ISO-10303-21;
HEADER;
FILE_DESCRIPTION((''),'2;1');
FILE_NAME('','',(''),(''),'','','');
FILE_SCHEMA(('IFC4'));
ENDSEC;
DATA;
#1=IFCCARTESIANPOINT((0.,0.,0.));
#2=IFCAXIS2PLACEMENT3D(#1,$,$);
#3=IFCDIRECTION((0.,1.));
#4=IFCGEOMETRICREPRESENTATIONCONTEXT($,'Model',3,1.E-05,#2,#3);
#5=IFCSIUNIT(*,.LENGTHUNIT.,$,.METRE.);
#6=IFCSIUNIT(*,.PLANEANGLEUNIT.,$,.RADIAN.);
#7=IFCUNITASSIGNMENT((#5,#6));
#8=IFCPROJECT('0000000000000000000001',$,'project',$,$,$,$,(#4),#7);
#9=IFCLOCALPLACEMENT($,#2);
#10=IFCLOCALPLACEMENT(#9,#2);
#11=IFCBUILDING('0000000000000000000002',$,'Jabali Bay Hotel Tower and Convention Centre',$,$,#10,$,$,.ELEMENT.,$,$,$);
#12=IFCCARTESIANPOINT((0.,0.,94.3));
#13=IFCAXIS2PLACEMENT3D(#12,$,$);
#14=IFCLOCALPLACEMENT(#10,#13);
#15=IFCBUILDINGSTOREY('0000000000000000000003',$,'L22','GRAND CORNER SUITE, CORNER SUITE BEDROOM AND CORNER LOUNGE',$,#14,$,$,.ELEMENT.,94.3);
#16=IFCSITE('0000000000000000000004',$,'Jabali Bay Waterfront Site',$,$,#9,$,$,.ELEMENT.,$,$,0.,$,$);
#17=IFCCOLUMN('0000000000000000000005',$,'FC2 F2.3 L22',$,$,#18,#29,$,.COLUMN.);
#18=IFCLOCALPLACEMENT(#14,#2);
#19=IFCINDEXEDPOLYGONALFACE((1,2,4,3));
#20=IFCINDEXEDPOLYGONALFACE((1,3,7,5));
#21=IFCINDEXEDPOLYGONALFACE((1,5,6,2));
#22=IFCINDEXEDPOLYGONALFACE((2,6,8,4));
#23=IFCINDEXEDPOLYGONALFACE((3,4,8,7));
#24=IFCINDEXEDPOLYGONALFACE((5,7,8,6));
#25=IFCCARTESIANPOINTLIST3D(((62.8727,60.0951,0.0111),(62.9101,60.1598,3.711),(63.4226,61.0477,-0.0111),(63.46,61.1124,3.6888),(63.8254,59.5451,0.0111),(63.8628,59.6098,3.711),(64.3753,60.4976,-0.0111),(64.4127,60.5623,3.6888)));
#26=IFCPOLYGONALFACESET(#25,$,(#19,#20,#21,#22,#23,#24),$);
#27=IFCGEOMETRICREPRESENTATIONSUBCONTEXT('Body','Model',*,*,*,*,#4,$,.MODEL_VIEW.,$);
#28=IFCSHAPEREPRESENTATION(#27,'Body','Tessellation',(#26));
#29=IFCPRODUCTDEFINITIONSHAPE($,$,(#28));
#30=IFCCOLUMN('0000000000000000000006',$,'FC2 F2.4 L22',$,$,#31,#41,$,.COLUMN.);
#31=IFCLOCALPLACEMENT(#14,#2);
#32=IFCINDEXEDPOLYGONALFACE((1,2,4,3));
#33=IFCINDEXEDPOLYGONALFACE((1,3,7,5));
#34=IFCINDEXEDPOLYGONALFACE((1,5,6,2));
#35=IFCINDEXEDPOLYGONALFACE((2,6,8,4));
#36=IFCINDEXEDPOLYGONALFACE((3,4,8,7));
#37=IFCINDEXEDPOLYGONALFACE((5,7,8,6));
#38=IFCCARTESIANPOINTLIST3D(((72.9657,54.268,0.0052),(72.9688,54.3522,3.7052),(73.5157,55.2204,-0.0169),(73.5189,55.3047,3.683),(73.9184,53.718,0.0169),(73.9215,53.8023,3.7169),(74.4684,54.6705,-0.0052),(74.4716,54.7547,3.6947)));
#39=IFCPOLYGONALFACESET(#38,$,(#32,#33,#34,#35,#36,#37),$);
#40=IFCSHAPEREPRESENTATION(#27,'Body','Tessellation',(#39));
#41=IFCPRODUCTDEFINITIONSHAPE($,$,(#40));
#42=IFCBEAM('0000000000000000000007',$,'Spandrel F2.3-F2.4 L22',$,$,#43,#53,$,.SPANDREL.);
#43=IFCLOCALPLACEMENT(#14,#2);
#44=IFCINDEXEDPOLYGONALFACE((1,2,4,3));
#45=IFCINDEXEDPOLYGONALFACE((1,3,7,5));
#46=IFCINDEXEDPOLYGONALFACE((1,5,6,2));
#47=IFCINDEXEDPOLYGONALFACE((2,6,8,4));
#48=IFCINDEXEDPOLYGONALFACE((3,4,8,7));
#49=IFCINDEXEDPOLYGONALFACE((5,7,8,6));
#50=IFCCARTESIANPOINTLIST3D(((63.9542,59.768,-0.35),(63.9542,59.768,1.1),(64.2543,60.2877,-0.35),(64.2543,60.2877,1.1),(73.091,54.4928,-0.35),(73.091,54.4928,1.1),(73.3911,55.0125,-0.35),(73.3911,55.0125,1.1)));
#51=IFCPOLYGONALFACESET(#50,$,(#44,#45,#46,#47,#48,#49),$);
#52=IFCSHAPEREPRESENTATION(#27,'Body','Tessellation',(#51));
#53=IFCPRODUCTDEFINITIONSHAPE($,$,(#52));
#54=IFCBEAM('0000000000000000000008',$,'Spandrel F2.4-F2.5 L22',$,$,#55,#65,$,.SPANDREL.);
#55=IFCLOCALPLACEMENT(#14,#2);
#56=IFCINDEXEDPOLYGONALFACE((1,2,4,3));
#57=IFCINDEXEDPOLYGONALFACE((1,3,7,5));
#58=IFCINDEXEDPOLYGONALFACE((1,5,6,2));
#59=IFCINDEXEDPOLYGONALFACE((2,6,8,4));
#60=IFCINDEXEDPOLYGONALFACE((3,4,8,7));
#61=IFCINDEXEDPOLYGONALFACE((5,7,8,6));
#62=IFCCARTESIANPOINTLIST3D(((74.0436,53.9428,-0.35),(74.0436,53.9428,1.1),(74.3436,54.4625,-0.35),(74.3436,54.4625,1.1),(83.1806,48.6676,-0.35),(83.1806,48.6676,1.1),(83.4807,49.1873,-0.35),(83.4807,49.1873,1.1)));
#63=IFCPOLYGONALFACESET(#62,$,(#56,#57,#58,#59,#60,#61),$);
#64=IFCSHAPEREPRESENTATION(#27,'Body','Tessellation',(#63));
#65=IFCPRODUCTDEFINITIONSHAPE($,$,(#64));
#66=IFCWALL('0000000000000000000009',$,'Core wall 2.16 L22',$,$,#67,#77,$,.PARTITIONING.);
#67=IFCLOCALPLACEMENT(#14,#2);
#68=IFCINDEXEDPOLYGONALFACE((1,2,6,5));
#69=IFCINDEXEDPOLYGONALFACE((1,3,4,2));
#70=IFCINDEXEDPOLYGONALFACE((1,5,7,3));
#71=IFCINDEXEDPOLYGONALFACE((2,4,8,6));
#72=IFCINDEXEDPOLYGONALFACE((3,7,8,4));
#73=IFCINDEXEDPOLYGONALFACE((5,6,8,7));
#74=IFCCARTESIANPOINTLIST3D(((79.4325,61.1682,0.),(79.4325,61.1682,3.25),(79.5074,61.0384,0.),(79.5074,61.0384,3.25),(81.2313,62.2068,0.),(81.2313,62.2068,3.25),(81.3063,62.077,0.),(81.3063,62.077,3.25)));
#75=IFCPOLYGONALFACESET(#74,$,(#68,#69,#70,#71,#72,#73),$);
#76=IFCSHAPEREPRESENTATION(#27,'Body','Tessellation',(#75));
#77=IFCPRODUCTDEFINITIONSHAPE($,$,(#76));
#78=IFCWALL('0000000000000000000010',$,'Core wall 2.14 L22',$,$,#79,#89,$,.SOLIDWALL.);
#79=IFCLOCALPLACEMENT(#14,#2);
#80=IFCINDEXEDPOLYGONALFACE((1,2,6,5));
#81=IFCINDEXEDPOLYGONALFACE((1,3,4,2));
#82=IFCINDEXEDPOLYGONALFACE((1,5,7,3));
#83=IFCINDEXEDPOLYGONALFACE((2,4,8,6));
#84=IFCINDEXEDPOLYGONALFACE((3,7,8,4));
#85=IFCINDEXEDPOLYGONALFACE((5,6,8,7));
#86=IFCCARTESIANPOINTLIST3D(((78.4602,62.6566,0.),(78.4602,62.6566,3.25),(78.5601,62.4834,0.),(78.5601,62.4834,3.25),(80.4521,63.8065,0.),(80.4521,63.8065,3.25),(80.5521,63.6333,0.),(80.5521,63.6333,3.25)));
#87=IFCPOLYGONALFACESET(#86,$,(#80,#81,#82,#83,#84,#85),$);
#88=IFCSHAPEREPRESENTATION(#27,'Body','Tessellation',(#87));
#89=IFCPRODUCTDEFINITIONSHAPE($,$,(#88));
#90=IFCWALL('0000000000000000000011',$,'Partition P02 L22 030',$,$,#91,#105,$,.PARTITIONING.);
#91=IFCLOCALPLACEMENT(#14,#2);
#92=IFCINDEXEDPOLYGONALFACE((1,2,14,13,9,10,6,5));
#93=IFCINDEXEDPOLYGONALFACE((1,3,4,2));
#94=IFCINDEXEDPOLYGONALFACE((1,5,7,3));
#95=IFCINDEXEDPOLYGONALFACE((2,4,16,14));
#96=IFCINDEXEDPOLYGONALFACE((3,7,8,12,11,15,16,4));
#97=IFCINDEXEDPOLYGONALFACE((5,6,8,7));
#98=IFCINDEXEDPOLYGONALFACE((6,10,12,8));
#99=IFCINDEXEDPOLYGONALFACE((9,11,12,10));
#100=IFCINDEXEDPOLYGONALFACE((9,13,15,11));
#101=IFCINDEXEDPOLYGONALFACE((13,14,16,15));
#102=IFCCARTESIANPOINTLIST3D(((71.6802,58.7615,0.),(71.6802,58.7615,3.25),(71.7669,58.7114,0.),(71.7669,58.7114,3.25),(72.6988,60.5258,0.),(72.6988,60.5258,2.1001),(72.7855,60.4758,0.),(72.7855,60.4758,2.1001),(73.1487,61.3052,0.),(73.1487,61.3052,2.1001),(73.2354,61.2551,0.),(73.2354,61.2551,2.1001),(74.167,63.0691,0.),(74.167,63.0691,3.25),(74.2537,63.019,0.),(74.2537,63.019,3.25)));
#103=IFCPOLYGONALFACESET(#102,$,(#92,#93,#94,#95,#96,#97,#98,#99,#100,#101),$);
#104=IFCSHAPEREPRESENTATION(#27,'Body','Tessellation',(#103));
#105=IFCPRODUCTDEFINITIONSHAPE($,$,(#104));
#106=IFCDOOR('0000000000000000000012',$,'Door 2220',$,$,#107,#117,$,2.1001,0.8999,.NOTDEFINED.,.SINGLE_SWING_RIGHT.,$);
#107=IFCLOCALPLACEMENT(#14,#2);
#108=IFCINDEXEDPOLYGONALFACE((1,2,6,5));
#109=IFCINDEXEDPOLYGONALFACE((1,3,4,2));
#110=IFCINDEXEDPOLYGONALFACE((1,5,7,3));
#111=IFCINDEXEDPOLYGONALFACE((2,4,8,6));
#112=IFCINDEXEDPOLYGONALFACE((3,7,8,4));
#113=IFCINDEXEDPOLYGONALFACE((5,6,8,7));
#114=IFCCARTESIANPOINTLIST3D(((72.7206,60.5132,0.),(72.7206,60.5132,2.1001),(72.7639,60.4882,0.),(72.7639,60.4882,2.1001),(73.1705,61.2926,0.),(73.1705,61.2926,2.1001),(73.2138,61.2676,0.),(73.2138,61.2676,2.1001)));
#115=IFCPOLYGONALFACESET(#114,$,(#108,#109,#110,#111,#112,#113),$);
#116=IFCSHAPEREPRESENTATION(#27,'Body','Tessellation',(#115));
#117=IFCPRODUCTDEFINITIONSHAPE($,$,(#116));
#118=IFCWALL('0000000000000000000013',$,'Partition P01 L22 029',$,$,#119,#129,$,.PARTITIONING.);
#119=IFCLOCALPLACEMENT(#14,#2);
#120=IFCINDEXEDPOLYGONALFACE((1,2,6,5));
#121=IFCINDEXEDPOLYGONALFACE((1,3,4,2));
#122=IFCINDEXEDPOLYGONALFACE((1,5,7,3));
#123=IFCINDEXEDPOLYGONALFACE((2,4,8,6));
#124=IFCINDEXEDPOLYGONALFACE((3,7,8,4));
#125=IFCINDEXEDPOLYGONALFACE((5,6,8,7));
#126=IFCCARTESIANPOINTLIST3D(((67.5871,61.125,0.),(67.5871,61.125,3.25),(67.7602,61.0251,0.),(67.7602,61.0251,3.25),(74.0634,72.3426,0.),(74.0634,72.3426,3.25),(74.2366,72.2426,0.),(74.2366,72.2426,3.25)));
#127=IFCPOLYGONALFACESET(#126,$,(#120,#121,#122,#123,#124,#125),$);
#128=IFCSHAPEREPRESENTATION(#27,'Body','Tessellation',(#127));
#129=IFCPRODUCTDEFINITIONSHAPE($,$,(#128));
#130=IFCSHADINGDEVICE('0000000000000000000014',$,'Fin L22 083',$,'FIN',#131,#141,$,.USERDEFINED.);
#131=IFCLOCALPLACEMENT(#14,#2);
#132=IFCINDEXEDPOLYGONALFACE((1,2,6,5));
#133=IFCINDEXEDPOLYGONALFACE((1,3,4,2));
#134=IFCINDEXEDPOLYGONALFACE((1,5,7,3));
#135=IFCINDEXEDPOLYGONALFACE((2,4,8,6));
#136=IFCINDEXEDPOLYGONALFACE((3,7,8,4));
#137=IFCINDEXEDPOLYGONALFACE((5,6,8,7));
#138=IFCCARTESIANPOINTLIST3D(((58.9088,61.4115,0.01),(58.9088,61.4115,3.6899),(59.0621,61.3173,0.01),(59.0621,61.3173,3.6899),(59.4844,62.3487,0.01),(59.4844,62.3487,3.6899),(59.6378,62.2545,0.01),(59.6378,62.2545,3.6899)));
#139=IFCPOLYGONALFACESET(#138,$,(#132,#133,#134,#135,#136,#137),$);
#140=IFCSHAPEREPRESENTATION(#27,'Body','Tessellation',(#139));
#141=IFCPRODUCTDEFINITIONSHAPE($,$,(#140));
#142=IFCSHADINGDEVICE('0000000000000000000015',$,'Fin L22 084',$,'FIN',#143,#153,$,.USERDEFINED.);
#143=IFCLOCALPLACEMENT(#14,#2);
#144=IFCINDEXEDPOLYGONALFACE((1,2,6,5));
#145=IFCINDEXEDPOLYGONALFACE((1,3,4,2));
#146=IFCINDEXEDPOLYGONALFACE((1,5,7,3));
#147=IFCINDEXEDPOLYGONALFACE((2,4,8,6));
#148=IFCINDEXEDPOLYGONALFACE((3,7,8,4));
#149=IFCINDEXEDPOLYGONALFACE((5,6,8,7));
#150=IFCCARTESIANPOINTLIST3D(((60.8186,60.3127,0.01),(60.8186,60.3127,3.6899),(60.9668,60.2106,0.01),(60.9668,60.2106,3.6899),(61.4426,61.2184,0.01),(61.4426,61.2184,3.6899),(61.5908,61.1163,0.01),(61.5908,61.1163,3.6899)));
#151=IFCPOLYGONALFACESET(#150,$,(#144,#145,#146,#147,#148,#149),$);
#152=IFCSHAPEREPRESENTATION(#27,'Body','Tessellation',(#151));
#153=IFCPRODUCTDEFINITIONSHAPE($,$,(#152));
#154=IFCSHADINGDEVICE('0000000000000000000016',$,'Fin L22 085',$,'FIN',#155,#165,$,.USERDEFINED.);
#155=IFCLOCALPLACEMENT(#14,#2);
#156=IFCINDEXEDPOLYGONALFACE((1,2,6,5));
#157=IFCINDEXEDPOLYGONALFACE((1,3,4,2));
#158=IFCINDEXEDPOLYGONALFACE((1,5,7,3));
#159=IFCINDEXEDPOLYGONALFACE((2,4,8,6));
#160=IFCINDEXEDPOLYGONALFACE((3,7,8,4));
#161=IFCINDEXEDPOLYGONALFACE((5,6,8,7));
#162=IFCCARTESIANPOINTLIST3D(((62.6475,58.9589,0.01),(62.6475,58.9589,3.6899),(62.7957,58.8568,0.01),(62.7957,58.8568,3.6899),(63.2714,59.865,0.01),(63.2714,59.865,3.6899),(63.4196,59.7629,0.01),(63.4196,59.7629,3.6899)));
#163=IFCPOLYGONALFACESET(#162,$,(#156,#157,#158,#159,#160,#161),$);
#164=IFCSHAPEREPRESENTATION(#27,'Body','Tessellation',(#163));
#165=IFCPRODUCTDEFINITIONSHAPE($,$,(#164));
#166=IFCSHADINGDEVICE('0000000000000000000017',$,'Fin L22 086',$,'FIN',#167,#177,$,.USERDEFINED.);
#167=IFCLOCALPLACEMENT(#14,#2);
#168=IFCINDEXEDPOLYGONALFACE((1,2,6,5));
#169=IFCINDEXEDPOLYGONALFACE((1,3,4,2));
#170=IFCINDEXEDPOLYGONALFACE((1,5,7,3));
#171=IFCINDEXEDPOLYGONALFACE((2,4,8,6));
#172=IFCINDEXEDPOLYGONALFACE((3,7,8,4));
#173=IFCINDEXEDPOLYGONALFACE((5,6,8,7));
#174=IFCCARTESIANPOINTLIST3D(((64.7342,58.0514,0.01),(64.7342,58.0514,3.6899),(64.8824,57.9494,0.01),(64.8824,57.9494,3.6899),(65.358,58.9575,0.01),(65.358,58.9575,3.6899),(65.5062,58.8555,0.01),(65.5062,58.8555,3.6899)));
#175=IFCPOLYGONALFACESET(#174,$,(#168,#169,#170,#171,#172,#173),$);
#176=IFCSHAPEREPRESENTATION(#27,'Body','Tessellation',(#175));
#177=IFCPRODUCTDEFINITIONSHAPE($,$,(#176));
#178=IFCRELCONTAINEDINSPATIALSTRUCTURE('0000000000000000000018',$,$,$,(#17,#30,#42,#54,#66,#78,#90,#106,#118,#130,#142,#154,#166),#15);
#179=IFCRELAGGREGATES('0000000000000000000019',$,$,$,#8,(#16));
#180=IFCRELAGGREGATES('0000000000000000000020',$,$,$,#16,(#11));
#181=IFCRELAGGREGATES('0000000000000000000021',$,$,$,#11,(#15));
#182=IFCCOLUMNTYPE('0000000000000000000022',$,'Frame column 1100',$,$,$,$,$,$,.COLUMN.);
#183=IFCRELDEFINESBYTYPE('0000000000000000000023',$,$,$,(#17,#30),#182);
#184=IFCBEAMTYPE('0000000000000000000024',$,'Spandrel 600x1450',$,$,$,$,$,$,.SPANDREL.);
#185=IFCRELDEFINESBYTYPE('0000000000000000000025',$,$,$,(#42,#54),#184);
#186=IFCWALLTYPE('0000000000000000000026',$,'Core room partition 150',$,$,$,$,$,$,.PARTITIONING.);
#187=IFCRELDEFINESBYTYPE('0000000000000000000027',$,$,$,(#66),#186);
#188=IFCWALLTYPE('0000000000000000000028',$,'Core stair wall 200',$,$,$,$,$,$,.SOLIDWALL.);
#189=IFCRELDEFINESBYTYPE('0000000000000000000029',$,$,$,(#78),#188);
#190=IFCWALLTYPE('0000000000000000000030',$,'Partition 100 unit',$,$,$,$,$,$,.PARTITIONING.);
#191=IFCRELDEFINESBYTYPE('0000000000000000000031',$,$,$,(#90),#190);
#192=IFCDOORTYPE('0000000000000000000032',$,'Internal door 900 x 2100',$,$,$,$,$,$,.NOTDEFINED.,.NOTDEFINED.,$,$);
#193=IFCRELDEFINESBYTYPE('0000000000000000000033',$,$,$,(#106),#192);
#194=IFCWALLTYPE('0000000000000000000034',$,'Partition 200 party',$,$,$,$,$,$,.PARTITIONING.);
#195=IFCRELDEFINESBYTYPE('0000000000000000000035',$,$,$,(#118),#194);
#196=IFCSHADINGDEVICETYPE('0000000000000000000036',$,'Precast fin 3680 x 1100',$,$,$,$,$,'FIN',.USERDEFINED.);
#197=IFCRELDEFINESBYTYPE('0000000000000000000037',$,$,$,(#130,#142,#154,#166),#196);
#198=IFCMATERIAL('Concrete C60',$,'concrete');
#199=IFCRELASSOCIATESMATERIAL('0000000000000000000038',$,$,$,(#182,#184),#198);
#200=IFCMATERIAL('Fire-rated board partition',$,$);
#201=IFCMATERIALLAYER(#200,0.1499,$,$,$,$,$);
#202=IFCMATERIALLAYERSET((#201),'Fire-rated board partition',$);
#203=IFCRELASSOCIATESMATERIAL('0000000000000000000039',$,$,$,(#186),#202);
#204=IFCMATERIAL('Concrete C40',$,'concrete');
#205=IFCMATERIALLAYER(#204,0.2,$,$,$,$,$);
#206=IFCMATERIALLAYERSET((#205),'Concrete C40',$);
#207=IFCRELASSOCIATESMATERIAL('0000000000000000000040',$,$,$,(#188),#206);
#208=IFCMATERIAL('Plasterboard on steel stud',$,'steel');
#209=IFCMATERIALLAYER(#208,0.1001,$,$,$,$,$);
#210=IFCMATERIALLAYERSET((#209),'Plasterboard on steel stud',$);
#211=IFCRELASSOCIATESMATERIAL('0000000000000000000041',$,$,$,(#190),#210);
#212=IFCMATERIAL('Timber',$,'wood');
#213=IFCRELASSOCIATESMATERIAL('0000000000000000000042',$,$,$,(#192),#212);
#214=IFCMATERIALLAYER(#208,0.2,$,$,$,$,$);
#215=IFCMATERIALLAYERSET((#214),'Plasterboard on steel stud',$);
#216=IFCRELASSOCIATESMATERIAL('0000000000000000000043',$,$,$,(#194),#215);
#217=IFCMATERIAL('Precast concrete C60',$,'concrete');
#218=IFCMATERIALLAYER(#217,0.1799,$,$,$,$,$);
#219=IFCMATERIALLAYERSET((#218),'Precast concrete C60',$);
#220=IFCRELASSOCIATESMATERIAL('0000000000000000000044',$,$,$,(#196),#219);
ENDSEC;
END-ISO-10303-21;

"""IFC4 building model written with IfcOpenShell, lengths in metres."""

from ifc_helpers import new_model, si_unit, direction, frame, frame_2d, origin, origin_2d, place, context, subcontext, project, spatial, rectangle, extrude, material, layer, layer_set, material_profile, profile_set, type_object, element, fill, save


model = new_model("IFC4")

# Units and contexts
model_context = context("Model", 3, precision=1e-05, world=origin(), true_north=direction((0.0, 1.0)))
body_context = subcontext(model_context, "Body", "Model", "MODEL_VIEW")
ifc_project = project(units=[si_unit("LENGTHUNIT", "METRE"), si_unit("PLANEANGLEUNIT", "RADIAN")], contexts=[model_context])

# Site, building, storey
site_placement = place(None, origin())
site = spatial("IfcSite", under=ifc_project, at=site_placement, Name="Jabali Bay Waterfront Site", CompositionType="ELEMENT", RefElevation=0.0)
building_placement = place(site_placement, origin())
building = spatial("IfcBuilding", under=site, at=building_placement, Name="Jabali Bay Hotel Tower and Convention Centre", CompositionType="ELEMENT")
storey_placement = place(building_placement, frame((0.0, 0.0, 94.3)))
storey = spatial("IfcBuildingStorey", under=building, at=storey_placement, Name="L22", Description="GRAND CORNER SUITE, CORNER SUITE BEDROOM AND CORNER LOUNGE", CompositionType="ELEMENT", Elevation=94.3)

# Columns
ifc_material_1 = material(Name="Concrete C60", Category="concrete")
ifc_material_profile_1 = material_profile(ifc_material_1, rectangle(XDim=1.1001, YDim=1.1001, at=origin_2d()), Name="Frame column 1100")
ifc_profile_set_1 = profile_set([ifc_material_profile_1], Name="Concrete C60")
column_type = type_object("IfcColumnType", Name="Frame column 1100", PredefinedType="COLUMN", material=ifc_profile_set_1)
column_1_placement = place(storey_placement, frame((63.624, 60.2964, 0.0), z_axis=(0.010094, 0.017482, 0.999796), x_axis=(-0.866032, 0.499989, 0.0)))
element("IfcColumn", 1, at=column_1_placement, inside=storey, type_object=column_type, Name="FC2 F2.3 L22", PredefinedType="COLUMN", context=body_context, shape_type="SweptSolid", body=[
    extrude(rectangle(XDim=1.1001, YDim=1.1001, at=origin_2d()), origin(), (0.0, 0.0, 1.0), 3.7007),
])
column_2_placement = place(storey_placement, frame((73.717, 54.4692, 0.0), z_axis=(0.000858, 0.022759, 0.999741), x_axis=(-0.500023, -0.865778, 0.020138)))
element("IfcColumn", 2, at=column_2_placement, inside=storey, type_object=column_type, Name="FC2 F2.4 L22", PredefinedType="COLUMN", context=body_context, shape_type="SweptSolid", body=[
    extrude(rectangle(XDim=1.1001, YDim=1.1001, at=origin_2d()), origin(), (0.0, 0.0, 1.0), 3.7009),
])

# Beams
ifc_material_profile_2 = material_profile(ifc_material_1, rectangle(XDim=0.6001, YDim=1.45, at=origin_2d()), Name="Spandrel 600x1450")
ifc_profile_set_2 = profile_set([ifc_material_profile_2], Name="Concrete C60")
beam_type = type_object("IfcBeamType", Name="Spandrel 600x1450", PredefinedType="SPANDREL", material=ifc_profile_set_2)
beam_1_placement = place(storey_placement, frame((64.1042, 60.0278, 0.375), z_axis=(0.866023, -0.500004, 0.0), x_axis=(0.500004, 0.866023, 0.0)))
element("IfcBeam", 3, at=beam_1_placement, inside=storey, type_object=beam_type, Name="Spandrel F2.3-F2.4 L22", PredefinedType="SPANDREL", context=body_context, shape_type="SweptSolid", body=[
    extrude(rectangle(XDim=0.6001, YDim=1.45, at=origin_2d()), origin(), (0.0, 0.0, 1.0), 10.5503),
])
beam_2_placement = place(storey_placement, frame((74.1936, 54.2026, 0.375), z_axis=(0.866029, -0.499994, 0.0), x_axis=(0.499994, 0.866029, 0.0)))
element("IfcBeam", 4, at=beam_2_placement, inside=storey, type_object=beam_type, Name="Spandrel F2.4-F2.5 L22", PredefinedType="SPANDREL", context=body_context, shape_type="SweptSolid", body=[
    extrude(rectangle(XDim=0.6001, YDim=1.45, at=origin_2d()), origin(), (0.0, 0.0, 1.0), 10.5505),
])

# Walls
ifc_material_2 = material(Name="Fire-rated board partition")
ifc_layer_1 = layer(ifc_material_2, 0.1499)
ifc_layer_set_1 = layer_set([ifc_layer_1], Name="Fire-rated board partition")
wall_type_1 = type_object("IfcWallType", Name="Core room partition 150", PredefinedType="PARTITIONING", material=ifc_layer_set_1)
wall_1_placement = place(storey_placement, frame((79.47, 61.1033, 0.0), z_axis=(0.0, 0.0, 1.0), x_axis=(0.866021, 0.500007, 0.0)))
element("IfcWall", 5, at=wall_1_placement, inside=storey, type_object=wall_type_1, Name="Core wall 2.16 L22", PredefinedType="PARTITIONING", context=body_context, shape_type="SweptSolid", body=[
    extrude(rectangle(XDim=2.0771, YDim=0.1499, at=frame_2d((1.0386, 0.0))), origin(), (0.0, 0.0, 1.0), 3.25),
])
ifc_material_3 = material(Name="Concrete C40", Category="concrete")
ifc_layer_2 = layer(ifc_material_3, 0.2)
ifc_layer_set_2 = layer_set([ifc_layer_2], Name="Concrete C40")
wall_type_2 = type_object("IfcWallType", Name="Core stair wall 200", PredefinedType="SOLIDWALL", material=ifc_layer_set_2)
wall_2_placement = place(storey_placement, frame((78.5103, 62.5701, 0.0), z_axis=(0.0, 0.0, 1.0), x_axis=(0.866053, 0.499952, 0.0)))
element("IfcWall", 6, at=wall_2_placement, inside=storey, type_object=wall_type_2, Name="Core wall 2.14 L22", PredefinedType="SOLIDWALL", context=body_context, shape_type="SweptSolid", body=[
    extrude(rectangle(XDim=2.3, YDim=0.2, at=frame_2d((1.1499, 0.0))), origin(), (0.0, 0.0, 1.0), 3.25),
])

# Wall, opening, door
ifc_material_4 = material(Name="Plasterboard on steel stud", Category="steel")
ifc_layer_3 = layer(ifc_material_4, 0.1001)
ifc_layer_set_3 = layer_set([ifc_layer_3], Name="Plasterboard on steel stud")
wall_type_3 = type_object("IfcWallType", Name="Partition 100 unit", PredefinedType="PARTITIONING", material=ifc_layer_set_3)
wall_3_placement = place(storey_placement, frame((71.7236, 58.7366, 0.0), z_axis=(0.0, 0.0, 1.0), x_axis=(0.499972, 0.866042, 0.0)))
wall_3 = element("IfcWall", 7, at=wall_3_placement, inside=storey, type_object=wall_type_3, Name="Partition P02 L22 030", PredefinedType="PARTITIONING", context=body_context, shape_type="SweptSolid", body=[
    extrude(rectangle(XDim=4.9739, YDim=0.1001, at=frame_2d((2.4868, 0.0))), origin(), (0.0, 0.0, 1.0), 3.25),
])
opening_placement = place(wall_3_placement, frame((2.0371, 0.0, 0.0)))
opening = element("IfcOpeningElement", 8, at=opening_placement, cuts=wall_3, PredefinedType="OPENING", context=body_context, shape_type="SweptSolid", body=[
    extrude(rectangle(XDim=0.8999, YDim=2.1001, at=frame_2d((0.45, 1.05))), frame((0.0, 0.0605, 0.0), z_axis=(0.0, -1.0, 0.0), x_axis=(1.0, 0.0, 0.0)), (0.0, 0.0, 1.0), 0.1211),
])
ifc_material_5 = material(Name="Timber", Category="wood")
door_type = type_object("IfcDoorType", Name="Internal door 900 x 2100", OperationType="NOTDEFINED", PredefinedType="NOTDEFINED", material=ifc_material_5)
door_placement = place(opening_placement, origin())
door = element("IfcDoor", 9, at=door_placement, inside=storey, type_object=door_type, Name="Door 2220", OperationType="SINGLE_SWING_RIGHT", OverallHeight=2.1001, OverallWidth=0.8999, PredefinedType="NOTDEFINED", context=body_context, shape_type="SweptSolid", body=[
    extrude(rectangle(XDim=0.8999, YDim=2.1001, at=frame_2d((0.45, 1.05))), frame((0.0, 0.0249, 0.0), z_axis=(0.0, -1.0, 0.0), x_axis=(1.0, 0.0, 0.0)), (0.0, 0.0, 1.0), 0.05),
])
fill(opening, door)

# Wall
ifc_layer_4 = layer(ifc_material_4, 0.2)
ifc_layer_set_4 = layer_set([ifc_layer_4], Name="Plasterboard on steel stud")
wall_type_4 = type_object("IfcWallType", Name="Partition 200 party", PredefinedType="PARTITIONING", material=ifc_layer_set_4)
wall_4_placement = place(storey_placement, frame((67.6736, 61.075, 0.0), z_axis=(0.0, 0.0, 1.0), x_axis=(0.499993, 0.86603, 0.0)))
element("IfcWall", 10, at=wall_4_placement, inside=storey, type_object=wall_type_4, Name="Partition P01 L22 029", PredefinedType="PARTITIONING", context=body_context, shape_type="SweptSolid", body=[
    extrude(rectangle(XDim=12.9529, YDim=0.2, at=frame_2d((6.4766, 0.0))), origin(), (0.0, 0.0, 1.0), 3.25),
])

# Shading devices
ifc_material_6 = material(Name="Precast concrete C60", Category="concrete")
ifc_layer_5 = layer(ifc_material_6, 0.1799)
ifc_layer_set_5 = layer_set([ifc_layer_5], Name="Precast concrete C60")
shading_device_type = type_object("IfcShadingDeviceType", Name="Precast fin 3680 x 1100", ElementType="FIN", PredefinedType="USERDEFINED", material=ifc_layer_set_5)
for number, where, z_axis, x_axis, name in (
    (11, (59.561, 62.3015, 0.01), (0.0, 0.0, 1.0), (-0.523379, -0.8521, 0.0), "Fin L22 083"),
    (12, (61.5166, 61.1672, 0.01), (0.0, 0.0, 1.0), (-0.567339, -0.823485, 0.0), "Fin L22 084"),
):
    element("IfcShadingDevice", number, at=place(storey_placement, frame(where, z_axis=z_axis, x_axis=x_axis)), inside=storey, type_object=shading_device_type, Name=name, ObjectType="FIN", PredefinedType="USERDEFINED", context=body_context, shape_type="SweptSolid", body=[
        extrude(rectangle(XDim=1.0999, YDim=0.1799, at=frame_2d((0.5498, 0.0))), origin(), (0.0, 0.0, 1.0), 3.6799),
    ])
for number, where, z_axis, x_axis, name in (
    (13, (63.3455, 59.814, 0.01), (0.0, 0.0, 1.0), (-0.567084, -0.82366, 0.0), "Fin L22 085"),
    (14, (65.4321, 58.9065, 0.01), (0.0, 0.0, 1.0), (-0.567084, -0.82366, 0.0), "Fin L22 086"),
):
    element("IfcShadingDevice", number, at=place(storey_placement, frame(where, z_axis=z_axis, x_axis=x_axis)), inside=storey, type_object=shading_device_type, Name=name, ObjectType="FIN", PredefinedType="USERDEFINED", context=body_context, shape_type="SweptSolid", body=[
        extrude(rectangle(XDim=1.1001, YDim=0.1799, at=frame_2d((0.55, 0.0))), origin(), (0.0, 0.0, 1.0), 3.6799),
    ])

save(model, "model.ifc")
